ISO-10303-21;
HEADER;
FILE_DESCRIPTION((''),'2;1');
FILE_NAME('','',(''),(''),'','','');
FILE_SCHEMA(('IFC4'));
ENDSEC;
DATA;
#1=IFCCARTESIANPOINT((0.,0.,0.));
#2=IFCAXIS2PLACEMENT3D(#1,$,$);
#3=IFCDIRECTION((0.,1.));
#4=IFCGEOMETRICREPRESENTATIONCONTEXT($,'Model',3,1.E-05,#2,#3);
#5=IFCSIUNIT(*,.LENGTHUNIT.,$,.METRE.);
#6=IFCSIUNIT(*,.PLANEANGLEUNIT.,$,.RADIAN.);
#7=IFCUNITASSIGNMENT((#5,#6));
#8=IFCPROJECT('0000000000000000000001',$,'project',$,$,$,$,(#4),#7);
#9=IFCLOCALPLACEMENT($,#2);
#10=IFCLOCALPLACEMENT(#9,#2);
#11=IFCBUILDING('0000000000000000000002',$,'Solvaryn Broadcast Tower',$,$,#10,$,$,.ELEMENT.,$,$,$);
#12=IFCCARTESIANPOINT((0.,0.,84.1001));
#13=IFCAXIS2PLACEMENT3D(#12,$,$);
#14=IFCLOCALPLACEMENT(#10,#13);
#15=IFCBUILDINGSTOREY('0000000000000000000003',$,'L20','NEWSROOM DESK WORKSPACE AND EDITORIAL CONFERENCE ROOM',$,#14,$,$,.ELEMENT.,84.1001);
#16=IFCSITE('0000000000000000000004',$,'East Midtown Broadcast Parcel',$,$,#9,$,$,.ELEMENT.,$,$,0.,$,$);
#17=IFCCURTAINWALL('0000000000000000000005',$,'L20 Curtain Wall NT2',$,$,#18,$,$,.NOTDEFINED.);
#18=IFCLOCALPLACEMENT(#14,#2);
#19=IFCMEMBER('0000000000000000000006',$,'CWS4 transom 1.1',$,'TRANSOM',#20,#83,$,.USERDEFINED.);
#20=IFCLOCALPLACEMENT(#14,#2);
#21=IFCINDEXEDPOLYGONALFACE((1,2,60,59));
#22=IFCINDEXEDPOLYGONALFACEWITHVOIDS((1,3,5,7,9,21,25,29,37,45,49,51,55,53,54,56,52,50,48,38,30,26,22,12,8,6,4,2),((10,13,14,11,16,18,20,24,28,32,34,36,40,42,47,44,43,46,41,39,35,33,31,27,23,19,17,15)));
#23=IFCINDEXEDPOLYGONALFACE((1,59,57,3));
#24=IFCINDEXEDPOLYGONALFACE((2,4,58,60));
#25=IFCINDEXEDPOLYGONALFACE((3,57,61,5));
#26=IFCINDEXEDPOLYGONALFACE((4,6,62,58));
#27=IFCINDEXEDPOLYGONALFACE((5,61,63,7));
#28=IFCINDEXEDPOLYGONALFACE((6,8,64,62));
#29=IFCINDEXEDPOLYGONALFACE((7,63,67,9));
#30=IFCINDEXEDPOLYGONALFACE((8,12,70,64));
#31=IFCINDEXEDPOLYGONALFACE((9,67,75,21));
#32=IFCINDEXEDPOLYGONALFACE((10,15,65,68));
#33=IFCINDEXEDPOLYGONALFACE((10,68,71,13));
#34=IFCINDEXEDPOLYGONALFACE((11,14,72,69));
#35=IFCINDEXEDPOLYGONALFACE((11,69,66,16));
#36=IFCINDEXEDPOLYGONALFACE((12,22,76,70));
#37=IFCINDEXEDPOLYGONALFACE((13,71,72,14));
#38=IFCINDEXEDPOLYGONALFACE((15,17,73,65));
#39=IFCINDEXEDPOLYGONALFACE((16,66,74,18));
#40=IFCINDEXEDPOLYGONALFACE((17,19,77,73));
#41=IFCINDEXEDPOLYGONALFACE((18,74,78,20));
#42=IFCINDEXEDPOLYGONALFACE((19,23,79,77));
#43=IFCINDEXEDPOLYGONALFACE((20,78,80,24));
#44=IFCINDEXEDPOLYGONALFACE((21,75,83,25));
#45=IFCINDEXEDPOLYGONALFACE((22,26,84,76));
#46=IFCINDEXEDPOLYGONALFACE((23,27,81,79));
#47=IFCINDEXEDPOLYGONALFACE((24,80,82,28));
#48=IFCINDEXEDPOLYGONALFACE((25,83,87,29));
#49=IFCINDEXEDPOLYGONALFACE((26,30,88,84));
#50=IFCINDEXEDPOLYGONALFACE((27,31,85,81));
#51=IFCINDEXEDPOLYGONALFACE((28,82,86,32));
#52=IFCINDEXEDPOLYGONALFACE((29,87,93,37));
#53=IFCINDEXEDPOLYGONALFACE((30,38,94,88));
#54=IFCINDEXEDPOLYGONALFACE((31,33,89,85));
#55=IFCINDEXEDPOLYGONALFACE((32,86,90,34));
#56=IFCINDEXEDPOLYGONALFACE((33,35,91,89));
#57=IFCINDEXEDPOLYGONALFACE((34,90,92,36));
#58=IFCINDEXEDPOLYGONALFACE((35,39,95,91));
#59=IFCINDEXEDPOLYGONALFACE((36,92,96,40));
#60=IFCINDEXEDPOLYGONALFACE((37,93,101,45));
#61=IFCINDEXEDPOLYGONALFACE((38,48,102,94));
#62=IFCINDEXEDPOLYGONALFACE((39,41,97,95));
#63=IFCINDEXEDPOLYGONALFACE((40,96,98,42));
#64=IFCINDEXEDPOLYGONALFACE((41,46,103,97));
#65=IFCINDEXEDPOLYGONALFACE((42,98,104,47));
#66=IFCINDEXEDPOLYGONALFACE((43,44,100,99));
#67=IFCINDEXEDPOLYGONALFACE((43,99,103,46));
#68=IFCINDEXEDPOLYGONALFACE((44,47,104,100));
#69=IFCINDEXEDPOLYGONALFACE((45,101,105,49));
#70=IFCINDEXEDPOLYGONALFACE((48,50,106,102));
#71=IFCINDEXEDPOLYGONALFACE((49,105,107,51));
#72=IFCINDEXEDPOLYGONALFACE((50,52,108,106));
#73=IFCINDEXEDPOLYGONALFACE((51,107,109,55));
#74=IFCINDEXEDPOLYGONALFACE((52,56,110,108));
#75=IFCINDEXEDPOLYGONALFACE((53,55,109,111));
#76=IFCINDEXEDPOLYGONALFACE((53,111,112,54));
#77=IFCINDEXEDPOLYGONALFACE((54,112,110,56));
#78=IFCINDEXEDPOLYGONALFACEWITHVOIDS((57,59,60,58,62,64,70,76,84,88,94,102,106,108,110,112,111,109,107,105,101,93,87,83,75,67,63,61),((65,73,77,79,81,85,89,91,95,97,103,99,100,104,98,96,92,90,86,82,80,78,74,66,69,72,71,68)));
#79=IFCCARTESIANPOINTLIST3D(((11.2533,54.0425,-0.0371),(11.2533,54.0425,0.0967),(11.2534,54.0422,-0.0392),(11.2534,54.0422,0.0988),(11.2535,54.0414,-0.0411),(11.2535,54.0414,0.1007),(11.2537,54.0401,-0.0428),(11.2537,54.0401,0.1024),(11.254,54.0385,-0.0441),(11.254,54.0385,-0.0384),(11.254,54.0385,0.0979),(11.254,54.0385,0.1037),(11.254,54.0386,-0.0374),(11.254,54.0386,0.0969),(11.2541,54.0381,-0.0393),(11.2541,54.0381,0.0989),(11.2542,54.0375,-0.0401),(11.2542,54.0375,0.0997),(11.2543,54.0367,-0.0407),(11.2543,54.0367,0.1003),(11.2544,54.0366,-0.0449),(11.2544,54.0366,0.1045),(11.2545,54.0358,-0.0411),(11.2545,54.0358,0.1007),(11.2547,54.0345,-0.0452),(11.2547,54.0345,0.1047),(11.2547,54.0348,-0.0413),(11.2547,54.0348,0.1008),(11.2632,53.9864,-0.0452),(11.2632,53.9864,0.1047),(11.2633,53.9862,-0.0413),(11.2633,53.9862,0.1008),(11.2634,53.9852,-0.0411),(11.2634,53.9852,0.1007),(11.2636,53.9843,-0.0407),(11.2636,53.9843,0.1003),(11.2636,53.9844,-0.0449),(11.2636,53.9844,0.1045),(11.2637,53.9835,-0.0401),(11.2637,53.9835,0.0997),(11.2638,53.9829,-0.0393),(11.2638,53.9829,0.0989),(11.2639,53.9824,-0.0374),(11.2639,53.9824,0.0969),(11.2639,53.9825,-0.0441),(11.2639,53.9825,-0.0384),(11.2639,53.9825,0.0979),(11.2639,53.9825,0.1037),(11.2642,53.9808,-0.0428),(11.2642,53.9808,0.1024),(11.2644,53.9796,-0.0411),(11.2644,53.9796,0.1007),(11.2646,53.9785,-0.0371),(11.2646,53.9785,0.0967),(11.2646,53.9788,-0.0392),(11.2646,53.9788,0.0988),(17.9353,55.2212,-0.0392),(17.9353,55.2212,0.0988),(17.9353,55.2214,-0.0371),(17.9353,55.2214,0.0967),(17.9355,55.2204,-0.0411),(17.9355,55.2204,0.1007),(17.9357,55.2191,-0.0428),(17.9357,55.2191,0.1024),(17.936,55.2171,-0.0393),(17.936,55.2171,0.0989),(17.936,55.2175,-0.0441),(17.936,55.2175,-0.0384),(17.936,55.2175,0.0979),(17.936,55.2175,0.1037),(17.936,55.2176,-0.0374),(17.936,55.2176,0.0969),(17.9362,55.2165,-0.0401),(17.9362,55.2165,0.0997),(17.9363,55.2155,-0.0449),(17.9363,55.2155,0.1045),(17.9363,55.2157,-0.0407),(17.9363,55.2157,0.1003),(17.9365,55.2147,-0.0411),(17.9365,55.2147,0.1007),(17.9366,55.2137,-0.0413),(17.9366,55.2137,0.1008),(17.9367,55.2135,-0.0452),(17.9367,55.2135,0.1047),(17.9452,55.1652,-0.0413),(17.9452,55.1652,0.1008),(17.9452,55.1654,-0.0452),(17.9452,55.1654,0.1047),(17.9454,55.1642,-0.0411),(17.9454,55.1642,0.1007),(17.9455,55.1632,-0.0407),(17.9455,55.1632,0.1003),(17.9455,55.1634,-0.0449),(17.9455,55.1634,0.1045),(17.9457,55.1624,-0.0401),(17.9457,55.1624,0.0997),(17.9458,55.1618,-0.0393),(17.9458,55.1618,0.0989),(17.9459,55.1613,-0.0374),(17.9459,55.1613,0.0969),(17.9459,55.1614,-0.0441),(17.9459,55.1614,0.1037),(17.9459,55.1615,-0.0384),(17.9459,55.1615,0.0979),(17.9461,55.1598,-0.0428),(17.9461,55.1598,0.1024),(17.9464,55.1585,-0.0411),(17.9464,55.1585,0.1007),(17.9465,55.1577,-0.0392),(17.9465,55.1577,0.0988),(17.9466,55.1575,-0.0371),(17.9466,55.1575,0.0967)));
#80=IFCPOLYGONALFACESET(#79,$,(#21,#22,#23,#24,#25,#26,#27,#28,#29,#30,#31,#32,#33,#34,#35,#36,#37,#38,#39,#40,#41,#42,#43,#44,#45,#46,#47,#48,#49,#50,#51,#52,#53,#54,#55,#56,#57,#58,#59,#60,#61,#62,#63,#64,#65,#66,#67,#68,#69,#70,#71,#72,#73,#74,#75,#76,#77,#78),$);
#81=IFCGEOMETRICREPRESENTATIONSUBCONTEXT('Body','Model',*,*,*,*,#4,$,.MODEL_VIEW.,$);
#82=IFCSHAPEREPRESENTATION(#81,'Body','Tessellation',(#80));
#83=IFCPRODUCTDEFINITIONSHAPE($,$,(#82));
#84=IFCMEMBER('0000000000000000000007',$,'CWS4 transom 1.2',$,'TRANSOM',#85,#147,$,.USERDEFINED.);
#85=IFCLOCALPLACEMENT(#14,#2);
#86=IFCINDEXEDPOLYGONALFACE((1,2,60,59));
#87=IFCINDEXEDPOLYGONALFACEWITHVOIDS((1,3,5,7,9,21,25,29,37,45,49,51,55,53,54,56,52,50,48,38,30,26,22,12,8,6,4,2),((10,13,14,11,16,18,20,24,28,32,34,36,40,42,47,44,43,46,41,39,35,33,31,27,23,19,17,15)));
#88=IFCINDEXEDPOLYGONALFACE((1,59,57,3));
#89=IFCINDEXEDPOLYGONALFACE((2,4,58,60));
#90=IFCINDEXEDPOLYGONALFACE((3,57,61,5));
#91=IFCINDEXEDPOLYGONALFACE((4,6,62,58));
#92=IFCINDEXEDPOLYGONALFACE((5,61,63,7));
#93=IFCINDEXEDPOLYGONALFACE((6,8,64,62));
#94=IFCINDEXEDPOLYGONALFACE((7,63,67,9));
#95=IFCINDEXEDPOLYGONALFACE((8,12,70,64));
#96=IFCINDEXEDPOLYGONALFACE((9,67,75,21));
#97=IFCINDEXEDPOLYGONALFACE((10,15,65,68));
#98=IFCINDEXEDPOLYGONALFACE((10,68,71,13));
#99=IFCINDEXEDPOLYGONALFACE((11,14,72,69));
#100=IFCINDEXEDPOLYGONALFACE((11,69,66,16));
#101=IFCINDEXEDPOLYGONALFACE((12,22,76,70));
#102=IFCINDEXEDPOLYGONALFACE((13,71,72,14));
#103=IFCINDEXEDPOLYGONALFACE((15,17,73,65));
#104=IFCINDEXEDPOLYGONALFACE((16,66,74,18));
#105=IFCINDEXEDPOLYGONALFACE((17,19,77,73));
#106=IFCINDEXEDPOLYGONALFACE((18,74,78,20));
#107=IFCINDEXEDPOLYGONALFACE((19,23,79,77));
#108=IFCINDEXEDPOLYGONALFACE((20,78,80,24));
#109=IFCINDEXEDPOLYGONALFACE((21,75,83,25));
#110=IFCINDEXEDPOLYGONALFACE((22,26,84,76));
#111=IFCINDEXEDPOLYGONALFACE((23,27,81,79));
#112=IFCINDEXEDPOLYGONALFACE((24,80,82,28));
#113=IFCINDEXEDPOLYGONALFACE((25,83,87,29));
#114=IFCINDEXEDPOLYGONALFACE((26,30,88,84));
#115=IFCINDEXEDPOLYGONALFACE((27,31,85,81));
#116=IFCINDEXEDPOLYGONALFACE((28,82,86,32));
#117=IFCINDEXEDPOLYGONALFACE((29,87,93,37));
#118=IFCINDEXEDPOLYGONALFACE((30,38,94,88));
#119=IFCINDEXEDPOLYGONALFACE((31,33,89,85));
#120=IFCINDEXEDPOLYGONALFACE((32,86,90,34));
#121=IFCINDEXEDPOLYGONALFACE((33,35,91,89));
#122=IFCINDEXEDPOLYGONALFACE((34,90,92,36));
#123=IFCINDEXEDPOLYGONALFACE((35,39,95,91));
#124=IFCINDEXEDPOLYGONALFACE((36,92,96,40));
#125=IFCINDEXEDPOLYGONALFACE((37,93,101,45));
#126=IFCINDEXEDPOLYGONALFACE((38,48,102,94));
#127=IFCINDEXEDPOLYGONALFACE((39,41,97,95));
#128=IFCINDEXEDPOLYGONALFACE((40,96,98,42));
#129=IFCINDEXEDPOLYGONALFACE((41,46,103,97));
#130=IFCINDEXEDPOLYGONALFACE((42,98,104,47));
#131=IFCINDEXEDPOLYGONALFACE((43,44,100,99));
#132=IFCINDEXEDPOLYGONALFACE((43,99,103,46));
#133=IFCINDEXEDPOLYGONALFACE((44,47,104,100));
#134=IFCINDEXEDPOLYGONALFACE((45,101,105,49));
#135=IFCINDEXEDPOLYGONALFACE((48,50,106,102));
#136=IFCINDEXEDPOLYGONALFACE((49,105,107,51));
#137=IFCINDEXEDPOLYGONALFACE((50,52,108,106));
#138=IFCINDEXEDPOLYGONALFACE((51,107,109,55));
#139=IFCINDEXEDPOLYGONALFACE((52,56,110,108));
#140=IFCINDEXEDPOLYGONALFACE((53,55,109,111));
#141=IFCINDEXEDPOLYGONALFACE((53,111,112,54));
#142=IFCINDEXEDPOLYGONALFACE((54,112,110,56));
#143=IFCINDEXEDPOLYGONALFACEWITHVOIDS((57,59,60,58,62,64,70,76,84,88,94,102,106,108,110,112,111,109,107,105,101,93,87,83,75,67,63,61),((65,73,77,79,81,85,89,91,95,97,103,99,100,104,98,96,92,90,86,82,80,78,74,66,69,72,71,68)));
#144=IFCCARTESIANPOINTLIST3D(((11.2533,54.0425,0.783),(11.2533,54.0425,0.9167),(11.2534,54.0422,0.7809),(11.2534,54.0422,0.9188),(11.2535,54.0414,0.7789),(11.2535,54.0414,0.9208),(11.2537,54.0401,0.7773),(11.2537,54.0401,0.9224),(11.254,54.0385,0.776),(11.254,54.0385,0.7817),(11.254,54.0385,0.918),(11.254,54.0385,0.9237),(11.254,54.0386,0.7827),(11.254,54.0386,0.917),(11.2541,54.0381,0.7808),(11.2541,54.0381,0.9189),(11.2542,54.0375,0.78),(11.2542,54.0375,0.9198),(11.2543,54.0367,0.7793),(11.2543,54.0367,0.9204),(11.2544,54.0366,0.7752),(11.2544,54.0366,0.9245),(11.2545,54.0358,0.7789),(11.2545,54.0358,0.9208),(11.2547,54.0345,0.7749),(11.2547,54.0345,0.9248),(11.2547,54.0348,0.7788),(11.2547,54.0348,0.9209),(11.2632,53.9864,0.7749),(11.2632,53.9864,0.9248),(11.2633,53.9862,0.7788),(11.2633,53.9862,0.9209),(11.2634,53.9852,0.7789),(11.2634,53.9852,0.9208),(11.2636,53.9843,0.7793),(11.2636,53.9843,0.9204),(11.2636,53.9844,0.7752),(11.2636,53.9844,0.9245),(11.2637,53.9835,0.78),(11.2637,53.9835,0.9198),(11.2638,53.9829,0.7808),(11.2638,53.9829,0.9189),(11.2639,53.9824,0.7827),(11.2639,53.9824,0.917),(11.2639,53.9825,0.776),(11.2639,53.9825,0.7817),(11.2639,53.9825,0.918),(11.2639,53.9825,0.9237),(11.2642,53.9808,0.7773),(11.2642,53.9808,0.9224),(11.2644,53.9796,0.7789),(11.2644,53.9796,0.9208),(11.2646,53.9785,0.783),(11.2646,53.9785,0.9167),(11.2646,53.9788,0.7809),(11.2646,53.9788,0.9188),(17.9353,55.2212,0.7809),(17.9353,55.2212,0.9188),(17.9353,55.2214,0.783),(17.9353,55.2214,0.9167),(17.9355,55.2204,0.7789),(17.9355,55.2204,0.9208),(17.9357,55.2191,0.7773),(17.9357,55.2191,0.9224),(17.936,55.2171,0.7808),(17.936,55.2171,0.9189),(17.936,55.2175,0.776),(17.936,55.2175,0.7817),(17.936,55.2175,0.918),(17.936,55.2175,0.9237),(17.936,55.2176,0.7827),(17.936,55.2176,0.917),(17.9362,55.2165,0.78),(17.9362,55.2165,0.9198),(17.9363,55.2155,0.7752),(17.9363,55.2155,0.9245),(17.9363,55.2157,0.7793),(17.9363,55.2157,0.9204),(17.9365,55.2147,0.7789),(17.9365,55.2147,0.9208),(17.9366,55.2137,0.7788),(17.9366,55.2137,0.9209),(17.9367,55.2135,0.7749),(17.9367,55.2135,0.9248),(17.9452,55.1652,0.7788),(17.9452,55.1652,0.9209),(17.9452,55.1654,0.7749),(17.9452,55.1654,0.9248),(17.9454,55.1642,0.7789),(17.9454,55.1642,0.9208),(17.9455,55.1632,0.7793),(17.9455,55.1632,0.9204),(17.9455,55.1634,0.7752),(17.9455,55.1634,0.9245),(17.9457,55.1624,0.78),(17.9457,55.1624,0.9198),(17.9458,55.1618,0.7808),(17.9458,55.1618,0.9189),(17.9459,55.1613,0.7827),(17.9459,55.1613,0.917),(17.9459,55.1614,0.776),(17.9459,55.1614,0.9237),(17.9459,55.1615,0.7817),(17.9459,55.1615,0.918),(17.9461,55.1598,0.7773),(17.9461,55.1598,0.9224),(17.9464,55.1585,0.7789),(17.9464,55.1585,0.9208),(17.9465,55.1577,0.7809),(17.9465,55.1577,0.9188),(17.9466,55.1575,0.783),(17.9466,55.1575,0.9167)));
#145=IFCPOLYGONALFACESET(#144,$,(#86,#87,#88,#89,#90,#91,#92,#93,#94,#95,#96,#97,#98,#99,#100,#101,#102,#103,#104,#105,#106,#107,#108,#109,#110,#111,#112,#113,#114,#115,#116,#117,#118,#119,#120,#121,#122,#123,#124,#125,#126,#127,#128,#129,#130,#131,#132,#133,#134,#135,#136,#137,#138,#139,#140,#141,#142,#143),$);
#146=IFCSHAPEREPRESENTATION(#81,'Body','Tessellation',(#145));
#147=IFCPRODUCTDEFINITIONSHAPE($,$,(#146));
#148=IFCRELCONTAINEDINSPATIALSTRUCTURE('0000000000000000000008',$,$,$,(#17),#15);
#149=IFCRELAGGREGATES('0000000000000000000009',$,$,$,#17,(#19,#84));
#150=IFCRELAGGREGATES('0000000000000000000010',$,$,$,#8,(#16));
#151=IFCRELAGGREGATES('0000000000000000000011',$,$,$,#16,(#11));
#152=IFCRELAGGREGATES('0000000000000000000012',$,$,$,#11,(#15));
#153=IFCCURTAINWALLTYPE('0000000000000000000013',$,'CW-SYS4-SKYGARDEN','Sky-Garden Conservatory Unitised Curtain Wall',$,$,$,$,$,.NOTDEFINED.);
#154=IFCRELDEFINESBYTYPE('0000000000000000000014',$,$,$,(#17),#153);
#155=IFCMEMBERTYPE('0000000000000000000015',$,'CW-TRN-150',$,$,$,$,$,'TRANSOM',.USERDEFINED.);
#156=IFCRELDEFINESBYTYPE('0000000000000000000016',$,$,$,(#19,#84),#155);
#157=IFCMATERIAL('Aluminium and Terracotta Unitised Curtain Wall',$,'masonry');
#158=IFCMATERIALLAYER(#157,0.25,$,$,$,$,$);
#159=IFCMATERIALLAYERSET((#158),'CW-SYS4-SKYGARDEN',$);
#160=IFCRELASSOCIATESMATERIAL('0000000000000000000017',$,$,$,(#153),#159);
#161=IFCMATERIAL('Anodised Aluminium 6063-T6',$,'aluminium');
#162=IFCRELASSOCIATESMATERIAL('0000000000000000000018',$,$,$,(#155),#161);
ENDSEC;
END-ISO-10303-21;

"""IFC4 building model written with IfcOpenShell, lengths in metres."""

from ifc_helpers import new_model, si_unit, direction, frame, origin, origin_2d, place, context, subcontext, project, spatial, hollow_rectangle, extrude, material, layer, layer_set, material_profile, profile_set, type_object, element, aggregate, save


model = new_model("IFC4")

# Units and contexts
model_context = context("Model", 3, precision=1e-05, world=origin(), true_north=direction((0.0, 1.0)))
body_context = subcontext(model_context, "Body", "Model", "MODEL_VIEW")
ifc_project = project(units=[si_unit("LENGTHUNIT", "METRE"), si_unit("PLANEANGLEUNIT", "RADIAN")], contexts=[model_context])

# Site, building, storey
site_placement = place(None, origin())
site = spatial("IfcSite", under=ifc_project, at=site_placement, Name="East Midtown Broadcast Parcel", CompositionType="ELEMENT", RefElevation=0.0)
building_placement = place(site_placement, origin())
building = spatial("IfcBuilding", under=site, at=building_placement, Name="Solvaryn Broadcast Tower", CompositionType="ELEMENT")
storey_placement = place(building_placement, frame((0.0, 0.0, 84.1001)))
storey = spatial("IfcBuildingStorey", under=building, at=storey_placement, Name="L20", Description="NEWSROOM DESK WORKSPACE AND EDITORIAL CONFERENCE ROOM", CompositionType="ELEMENT", Elevation=84.1001)

# Shared definitions
ifc_material_1 = material(Name="Aluminium and Terracotta Unitised Curtain Wall", Category="masonry")
ifc_layer_1 = layer(ifc_material_1, 0.25)
ifc_layer_set_1 = layer_set([ifc_layer_1], Name="CW-SYS4-SKYGARDEN")
curtain_wall_type = type_object("IfcCurtainWallType", Name="CW-SYS4-SKYGARDEN", Description="Sky-Garden Conservatory Unitised Curtain Wall", PredefinedType="NOTDEFINED", material=ifc_layer_set_1)

# Curtain wall
curtain_wall_1_placement = place(storey_placement, origin())
curtain_wall_1 = element("IfcCurtainWall", 1, at=curtain_wall_1_placement, inside=storey, type_object=curtain_wall_type, Name="L20 Curtain Wall NT2", PredefinedType="NOTDEFINED")

# Members
ifc_material_2 = material(Name="Anodised Aluminium 6063-T6", Category="aluminium")
ifc_material_profile_1 = material_profile(ifc_material_2, hollow_rectangle(XDim=0.0649, YDim=0.1499, WallThickness=0.0039, InnerFilletRadius=0.0039, OuterFilletRadius=0.0081, at=origin_2d()))
ifc_profile_set_1 = profile_set([ifc_material_profile_1], Name="Anodised Aluminium 6063-T6")
member_type_1 = type_object("IfcMemberType", Name="CW-TRN-150", ElementType="TRANSOM", PredefinedType="USERDEFINED", material=ifc_profile_set_1)
member_1_placement = place(storey_placement, frame((17.9409, 55.1895, 0.0298), z_axis=(-0.984789, -0.173757, 0.0), x_axis=(0.173757, -0.984789, 0.0)))
member_1 = element("IfcMember", 2, at=member_1_placement, type_object=member_type_1, Name="CWS4 transom 1.1", ObjectType="TRANSOM", PredefinedType="USERDEFINED", context=body_context, shape_type="SweptSolid", body=[
    extrude(hollow_rectangle(XDim=0.0649, YDim=0.1499, WallThickness=0.0039, InnerFilletRadius=0.0039, OuterFilletRadius=0.0081, at=origin_2d()), origin(), (0.0, 0.0, 1.0), 6.7852),
])
member_2_placement = place(storey_placement, frame((17.9409, 55.1895, 0.8499), z_axis=(-0.984789, -0.173757, 0.0), x_axis=(0.173757, -0.984789, 0.0)))
member_2 = element("IfcMember", 3, at=member_2_placement, type_object=member_type_1, Name="CWS4 transom 1.2", ObjectType="TRANSOM", PredefinedType="USERDEFINED", context=body_context, shape_type="SweptSolid", body=[
    extrude(hollow_rectangle(XDim=0.0649, YDim=0.1499, WallThickness=0.0039, InnerFilletRadius=0.0039, OuterFilletRadius=0.0081, at=origin_2d()), origin(), (0.0, 0.0, 1.0), 6.7852),
])

aggregate(curtain_wall_1, [member_1, member_2])

save(model, "model.ifc")
